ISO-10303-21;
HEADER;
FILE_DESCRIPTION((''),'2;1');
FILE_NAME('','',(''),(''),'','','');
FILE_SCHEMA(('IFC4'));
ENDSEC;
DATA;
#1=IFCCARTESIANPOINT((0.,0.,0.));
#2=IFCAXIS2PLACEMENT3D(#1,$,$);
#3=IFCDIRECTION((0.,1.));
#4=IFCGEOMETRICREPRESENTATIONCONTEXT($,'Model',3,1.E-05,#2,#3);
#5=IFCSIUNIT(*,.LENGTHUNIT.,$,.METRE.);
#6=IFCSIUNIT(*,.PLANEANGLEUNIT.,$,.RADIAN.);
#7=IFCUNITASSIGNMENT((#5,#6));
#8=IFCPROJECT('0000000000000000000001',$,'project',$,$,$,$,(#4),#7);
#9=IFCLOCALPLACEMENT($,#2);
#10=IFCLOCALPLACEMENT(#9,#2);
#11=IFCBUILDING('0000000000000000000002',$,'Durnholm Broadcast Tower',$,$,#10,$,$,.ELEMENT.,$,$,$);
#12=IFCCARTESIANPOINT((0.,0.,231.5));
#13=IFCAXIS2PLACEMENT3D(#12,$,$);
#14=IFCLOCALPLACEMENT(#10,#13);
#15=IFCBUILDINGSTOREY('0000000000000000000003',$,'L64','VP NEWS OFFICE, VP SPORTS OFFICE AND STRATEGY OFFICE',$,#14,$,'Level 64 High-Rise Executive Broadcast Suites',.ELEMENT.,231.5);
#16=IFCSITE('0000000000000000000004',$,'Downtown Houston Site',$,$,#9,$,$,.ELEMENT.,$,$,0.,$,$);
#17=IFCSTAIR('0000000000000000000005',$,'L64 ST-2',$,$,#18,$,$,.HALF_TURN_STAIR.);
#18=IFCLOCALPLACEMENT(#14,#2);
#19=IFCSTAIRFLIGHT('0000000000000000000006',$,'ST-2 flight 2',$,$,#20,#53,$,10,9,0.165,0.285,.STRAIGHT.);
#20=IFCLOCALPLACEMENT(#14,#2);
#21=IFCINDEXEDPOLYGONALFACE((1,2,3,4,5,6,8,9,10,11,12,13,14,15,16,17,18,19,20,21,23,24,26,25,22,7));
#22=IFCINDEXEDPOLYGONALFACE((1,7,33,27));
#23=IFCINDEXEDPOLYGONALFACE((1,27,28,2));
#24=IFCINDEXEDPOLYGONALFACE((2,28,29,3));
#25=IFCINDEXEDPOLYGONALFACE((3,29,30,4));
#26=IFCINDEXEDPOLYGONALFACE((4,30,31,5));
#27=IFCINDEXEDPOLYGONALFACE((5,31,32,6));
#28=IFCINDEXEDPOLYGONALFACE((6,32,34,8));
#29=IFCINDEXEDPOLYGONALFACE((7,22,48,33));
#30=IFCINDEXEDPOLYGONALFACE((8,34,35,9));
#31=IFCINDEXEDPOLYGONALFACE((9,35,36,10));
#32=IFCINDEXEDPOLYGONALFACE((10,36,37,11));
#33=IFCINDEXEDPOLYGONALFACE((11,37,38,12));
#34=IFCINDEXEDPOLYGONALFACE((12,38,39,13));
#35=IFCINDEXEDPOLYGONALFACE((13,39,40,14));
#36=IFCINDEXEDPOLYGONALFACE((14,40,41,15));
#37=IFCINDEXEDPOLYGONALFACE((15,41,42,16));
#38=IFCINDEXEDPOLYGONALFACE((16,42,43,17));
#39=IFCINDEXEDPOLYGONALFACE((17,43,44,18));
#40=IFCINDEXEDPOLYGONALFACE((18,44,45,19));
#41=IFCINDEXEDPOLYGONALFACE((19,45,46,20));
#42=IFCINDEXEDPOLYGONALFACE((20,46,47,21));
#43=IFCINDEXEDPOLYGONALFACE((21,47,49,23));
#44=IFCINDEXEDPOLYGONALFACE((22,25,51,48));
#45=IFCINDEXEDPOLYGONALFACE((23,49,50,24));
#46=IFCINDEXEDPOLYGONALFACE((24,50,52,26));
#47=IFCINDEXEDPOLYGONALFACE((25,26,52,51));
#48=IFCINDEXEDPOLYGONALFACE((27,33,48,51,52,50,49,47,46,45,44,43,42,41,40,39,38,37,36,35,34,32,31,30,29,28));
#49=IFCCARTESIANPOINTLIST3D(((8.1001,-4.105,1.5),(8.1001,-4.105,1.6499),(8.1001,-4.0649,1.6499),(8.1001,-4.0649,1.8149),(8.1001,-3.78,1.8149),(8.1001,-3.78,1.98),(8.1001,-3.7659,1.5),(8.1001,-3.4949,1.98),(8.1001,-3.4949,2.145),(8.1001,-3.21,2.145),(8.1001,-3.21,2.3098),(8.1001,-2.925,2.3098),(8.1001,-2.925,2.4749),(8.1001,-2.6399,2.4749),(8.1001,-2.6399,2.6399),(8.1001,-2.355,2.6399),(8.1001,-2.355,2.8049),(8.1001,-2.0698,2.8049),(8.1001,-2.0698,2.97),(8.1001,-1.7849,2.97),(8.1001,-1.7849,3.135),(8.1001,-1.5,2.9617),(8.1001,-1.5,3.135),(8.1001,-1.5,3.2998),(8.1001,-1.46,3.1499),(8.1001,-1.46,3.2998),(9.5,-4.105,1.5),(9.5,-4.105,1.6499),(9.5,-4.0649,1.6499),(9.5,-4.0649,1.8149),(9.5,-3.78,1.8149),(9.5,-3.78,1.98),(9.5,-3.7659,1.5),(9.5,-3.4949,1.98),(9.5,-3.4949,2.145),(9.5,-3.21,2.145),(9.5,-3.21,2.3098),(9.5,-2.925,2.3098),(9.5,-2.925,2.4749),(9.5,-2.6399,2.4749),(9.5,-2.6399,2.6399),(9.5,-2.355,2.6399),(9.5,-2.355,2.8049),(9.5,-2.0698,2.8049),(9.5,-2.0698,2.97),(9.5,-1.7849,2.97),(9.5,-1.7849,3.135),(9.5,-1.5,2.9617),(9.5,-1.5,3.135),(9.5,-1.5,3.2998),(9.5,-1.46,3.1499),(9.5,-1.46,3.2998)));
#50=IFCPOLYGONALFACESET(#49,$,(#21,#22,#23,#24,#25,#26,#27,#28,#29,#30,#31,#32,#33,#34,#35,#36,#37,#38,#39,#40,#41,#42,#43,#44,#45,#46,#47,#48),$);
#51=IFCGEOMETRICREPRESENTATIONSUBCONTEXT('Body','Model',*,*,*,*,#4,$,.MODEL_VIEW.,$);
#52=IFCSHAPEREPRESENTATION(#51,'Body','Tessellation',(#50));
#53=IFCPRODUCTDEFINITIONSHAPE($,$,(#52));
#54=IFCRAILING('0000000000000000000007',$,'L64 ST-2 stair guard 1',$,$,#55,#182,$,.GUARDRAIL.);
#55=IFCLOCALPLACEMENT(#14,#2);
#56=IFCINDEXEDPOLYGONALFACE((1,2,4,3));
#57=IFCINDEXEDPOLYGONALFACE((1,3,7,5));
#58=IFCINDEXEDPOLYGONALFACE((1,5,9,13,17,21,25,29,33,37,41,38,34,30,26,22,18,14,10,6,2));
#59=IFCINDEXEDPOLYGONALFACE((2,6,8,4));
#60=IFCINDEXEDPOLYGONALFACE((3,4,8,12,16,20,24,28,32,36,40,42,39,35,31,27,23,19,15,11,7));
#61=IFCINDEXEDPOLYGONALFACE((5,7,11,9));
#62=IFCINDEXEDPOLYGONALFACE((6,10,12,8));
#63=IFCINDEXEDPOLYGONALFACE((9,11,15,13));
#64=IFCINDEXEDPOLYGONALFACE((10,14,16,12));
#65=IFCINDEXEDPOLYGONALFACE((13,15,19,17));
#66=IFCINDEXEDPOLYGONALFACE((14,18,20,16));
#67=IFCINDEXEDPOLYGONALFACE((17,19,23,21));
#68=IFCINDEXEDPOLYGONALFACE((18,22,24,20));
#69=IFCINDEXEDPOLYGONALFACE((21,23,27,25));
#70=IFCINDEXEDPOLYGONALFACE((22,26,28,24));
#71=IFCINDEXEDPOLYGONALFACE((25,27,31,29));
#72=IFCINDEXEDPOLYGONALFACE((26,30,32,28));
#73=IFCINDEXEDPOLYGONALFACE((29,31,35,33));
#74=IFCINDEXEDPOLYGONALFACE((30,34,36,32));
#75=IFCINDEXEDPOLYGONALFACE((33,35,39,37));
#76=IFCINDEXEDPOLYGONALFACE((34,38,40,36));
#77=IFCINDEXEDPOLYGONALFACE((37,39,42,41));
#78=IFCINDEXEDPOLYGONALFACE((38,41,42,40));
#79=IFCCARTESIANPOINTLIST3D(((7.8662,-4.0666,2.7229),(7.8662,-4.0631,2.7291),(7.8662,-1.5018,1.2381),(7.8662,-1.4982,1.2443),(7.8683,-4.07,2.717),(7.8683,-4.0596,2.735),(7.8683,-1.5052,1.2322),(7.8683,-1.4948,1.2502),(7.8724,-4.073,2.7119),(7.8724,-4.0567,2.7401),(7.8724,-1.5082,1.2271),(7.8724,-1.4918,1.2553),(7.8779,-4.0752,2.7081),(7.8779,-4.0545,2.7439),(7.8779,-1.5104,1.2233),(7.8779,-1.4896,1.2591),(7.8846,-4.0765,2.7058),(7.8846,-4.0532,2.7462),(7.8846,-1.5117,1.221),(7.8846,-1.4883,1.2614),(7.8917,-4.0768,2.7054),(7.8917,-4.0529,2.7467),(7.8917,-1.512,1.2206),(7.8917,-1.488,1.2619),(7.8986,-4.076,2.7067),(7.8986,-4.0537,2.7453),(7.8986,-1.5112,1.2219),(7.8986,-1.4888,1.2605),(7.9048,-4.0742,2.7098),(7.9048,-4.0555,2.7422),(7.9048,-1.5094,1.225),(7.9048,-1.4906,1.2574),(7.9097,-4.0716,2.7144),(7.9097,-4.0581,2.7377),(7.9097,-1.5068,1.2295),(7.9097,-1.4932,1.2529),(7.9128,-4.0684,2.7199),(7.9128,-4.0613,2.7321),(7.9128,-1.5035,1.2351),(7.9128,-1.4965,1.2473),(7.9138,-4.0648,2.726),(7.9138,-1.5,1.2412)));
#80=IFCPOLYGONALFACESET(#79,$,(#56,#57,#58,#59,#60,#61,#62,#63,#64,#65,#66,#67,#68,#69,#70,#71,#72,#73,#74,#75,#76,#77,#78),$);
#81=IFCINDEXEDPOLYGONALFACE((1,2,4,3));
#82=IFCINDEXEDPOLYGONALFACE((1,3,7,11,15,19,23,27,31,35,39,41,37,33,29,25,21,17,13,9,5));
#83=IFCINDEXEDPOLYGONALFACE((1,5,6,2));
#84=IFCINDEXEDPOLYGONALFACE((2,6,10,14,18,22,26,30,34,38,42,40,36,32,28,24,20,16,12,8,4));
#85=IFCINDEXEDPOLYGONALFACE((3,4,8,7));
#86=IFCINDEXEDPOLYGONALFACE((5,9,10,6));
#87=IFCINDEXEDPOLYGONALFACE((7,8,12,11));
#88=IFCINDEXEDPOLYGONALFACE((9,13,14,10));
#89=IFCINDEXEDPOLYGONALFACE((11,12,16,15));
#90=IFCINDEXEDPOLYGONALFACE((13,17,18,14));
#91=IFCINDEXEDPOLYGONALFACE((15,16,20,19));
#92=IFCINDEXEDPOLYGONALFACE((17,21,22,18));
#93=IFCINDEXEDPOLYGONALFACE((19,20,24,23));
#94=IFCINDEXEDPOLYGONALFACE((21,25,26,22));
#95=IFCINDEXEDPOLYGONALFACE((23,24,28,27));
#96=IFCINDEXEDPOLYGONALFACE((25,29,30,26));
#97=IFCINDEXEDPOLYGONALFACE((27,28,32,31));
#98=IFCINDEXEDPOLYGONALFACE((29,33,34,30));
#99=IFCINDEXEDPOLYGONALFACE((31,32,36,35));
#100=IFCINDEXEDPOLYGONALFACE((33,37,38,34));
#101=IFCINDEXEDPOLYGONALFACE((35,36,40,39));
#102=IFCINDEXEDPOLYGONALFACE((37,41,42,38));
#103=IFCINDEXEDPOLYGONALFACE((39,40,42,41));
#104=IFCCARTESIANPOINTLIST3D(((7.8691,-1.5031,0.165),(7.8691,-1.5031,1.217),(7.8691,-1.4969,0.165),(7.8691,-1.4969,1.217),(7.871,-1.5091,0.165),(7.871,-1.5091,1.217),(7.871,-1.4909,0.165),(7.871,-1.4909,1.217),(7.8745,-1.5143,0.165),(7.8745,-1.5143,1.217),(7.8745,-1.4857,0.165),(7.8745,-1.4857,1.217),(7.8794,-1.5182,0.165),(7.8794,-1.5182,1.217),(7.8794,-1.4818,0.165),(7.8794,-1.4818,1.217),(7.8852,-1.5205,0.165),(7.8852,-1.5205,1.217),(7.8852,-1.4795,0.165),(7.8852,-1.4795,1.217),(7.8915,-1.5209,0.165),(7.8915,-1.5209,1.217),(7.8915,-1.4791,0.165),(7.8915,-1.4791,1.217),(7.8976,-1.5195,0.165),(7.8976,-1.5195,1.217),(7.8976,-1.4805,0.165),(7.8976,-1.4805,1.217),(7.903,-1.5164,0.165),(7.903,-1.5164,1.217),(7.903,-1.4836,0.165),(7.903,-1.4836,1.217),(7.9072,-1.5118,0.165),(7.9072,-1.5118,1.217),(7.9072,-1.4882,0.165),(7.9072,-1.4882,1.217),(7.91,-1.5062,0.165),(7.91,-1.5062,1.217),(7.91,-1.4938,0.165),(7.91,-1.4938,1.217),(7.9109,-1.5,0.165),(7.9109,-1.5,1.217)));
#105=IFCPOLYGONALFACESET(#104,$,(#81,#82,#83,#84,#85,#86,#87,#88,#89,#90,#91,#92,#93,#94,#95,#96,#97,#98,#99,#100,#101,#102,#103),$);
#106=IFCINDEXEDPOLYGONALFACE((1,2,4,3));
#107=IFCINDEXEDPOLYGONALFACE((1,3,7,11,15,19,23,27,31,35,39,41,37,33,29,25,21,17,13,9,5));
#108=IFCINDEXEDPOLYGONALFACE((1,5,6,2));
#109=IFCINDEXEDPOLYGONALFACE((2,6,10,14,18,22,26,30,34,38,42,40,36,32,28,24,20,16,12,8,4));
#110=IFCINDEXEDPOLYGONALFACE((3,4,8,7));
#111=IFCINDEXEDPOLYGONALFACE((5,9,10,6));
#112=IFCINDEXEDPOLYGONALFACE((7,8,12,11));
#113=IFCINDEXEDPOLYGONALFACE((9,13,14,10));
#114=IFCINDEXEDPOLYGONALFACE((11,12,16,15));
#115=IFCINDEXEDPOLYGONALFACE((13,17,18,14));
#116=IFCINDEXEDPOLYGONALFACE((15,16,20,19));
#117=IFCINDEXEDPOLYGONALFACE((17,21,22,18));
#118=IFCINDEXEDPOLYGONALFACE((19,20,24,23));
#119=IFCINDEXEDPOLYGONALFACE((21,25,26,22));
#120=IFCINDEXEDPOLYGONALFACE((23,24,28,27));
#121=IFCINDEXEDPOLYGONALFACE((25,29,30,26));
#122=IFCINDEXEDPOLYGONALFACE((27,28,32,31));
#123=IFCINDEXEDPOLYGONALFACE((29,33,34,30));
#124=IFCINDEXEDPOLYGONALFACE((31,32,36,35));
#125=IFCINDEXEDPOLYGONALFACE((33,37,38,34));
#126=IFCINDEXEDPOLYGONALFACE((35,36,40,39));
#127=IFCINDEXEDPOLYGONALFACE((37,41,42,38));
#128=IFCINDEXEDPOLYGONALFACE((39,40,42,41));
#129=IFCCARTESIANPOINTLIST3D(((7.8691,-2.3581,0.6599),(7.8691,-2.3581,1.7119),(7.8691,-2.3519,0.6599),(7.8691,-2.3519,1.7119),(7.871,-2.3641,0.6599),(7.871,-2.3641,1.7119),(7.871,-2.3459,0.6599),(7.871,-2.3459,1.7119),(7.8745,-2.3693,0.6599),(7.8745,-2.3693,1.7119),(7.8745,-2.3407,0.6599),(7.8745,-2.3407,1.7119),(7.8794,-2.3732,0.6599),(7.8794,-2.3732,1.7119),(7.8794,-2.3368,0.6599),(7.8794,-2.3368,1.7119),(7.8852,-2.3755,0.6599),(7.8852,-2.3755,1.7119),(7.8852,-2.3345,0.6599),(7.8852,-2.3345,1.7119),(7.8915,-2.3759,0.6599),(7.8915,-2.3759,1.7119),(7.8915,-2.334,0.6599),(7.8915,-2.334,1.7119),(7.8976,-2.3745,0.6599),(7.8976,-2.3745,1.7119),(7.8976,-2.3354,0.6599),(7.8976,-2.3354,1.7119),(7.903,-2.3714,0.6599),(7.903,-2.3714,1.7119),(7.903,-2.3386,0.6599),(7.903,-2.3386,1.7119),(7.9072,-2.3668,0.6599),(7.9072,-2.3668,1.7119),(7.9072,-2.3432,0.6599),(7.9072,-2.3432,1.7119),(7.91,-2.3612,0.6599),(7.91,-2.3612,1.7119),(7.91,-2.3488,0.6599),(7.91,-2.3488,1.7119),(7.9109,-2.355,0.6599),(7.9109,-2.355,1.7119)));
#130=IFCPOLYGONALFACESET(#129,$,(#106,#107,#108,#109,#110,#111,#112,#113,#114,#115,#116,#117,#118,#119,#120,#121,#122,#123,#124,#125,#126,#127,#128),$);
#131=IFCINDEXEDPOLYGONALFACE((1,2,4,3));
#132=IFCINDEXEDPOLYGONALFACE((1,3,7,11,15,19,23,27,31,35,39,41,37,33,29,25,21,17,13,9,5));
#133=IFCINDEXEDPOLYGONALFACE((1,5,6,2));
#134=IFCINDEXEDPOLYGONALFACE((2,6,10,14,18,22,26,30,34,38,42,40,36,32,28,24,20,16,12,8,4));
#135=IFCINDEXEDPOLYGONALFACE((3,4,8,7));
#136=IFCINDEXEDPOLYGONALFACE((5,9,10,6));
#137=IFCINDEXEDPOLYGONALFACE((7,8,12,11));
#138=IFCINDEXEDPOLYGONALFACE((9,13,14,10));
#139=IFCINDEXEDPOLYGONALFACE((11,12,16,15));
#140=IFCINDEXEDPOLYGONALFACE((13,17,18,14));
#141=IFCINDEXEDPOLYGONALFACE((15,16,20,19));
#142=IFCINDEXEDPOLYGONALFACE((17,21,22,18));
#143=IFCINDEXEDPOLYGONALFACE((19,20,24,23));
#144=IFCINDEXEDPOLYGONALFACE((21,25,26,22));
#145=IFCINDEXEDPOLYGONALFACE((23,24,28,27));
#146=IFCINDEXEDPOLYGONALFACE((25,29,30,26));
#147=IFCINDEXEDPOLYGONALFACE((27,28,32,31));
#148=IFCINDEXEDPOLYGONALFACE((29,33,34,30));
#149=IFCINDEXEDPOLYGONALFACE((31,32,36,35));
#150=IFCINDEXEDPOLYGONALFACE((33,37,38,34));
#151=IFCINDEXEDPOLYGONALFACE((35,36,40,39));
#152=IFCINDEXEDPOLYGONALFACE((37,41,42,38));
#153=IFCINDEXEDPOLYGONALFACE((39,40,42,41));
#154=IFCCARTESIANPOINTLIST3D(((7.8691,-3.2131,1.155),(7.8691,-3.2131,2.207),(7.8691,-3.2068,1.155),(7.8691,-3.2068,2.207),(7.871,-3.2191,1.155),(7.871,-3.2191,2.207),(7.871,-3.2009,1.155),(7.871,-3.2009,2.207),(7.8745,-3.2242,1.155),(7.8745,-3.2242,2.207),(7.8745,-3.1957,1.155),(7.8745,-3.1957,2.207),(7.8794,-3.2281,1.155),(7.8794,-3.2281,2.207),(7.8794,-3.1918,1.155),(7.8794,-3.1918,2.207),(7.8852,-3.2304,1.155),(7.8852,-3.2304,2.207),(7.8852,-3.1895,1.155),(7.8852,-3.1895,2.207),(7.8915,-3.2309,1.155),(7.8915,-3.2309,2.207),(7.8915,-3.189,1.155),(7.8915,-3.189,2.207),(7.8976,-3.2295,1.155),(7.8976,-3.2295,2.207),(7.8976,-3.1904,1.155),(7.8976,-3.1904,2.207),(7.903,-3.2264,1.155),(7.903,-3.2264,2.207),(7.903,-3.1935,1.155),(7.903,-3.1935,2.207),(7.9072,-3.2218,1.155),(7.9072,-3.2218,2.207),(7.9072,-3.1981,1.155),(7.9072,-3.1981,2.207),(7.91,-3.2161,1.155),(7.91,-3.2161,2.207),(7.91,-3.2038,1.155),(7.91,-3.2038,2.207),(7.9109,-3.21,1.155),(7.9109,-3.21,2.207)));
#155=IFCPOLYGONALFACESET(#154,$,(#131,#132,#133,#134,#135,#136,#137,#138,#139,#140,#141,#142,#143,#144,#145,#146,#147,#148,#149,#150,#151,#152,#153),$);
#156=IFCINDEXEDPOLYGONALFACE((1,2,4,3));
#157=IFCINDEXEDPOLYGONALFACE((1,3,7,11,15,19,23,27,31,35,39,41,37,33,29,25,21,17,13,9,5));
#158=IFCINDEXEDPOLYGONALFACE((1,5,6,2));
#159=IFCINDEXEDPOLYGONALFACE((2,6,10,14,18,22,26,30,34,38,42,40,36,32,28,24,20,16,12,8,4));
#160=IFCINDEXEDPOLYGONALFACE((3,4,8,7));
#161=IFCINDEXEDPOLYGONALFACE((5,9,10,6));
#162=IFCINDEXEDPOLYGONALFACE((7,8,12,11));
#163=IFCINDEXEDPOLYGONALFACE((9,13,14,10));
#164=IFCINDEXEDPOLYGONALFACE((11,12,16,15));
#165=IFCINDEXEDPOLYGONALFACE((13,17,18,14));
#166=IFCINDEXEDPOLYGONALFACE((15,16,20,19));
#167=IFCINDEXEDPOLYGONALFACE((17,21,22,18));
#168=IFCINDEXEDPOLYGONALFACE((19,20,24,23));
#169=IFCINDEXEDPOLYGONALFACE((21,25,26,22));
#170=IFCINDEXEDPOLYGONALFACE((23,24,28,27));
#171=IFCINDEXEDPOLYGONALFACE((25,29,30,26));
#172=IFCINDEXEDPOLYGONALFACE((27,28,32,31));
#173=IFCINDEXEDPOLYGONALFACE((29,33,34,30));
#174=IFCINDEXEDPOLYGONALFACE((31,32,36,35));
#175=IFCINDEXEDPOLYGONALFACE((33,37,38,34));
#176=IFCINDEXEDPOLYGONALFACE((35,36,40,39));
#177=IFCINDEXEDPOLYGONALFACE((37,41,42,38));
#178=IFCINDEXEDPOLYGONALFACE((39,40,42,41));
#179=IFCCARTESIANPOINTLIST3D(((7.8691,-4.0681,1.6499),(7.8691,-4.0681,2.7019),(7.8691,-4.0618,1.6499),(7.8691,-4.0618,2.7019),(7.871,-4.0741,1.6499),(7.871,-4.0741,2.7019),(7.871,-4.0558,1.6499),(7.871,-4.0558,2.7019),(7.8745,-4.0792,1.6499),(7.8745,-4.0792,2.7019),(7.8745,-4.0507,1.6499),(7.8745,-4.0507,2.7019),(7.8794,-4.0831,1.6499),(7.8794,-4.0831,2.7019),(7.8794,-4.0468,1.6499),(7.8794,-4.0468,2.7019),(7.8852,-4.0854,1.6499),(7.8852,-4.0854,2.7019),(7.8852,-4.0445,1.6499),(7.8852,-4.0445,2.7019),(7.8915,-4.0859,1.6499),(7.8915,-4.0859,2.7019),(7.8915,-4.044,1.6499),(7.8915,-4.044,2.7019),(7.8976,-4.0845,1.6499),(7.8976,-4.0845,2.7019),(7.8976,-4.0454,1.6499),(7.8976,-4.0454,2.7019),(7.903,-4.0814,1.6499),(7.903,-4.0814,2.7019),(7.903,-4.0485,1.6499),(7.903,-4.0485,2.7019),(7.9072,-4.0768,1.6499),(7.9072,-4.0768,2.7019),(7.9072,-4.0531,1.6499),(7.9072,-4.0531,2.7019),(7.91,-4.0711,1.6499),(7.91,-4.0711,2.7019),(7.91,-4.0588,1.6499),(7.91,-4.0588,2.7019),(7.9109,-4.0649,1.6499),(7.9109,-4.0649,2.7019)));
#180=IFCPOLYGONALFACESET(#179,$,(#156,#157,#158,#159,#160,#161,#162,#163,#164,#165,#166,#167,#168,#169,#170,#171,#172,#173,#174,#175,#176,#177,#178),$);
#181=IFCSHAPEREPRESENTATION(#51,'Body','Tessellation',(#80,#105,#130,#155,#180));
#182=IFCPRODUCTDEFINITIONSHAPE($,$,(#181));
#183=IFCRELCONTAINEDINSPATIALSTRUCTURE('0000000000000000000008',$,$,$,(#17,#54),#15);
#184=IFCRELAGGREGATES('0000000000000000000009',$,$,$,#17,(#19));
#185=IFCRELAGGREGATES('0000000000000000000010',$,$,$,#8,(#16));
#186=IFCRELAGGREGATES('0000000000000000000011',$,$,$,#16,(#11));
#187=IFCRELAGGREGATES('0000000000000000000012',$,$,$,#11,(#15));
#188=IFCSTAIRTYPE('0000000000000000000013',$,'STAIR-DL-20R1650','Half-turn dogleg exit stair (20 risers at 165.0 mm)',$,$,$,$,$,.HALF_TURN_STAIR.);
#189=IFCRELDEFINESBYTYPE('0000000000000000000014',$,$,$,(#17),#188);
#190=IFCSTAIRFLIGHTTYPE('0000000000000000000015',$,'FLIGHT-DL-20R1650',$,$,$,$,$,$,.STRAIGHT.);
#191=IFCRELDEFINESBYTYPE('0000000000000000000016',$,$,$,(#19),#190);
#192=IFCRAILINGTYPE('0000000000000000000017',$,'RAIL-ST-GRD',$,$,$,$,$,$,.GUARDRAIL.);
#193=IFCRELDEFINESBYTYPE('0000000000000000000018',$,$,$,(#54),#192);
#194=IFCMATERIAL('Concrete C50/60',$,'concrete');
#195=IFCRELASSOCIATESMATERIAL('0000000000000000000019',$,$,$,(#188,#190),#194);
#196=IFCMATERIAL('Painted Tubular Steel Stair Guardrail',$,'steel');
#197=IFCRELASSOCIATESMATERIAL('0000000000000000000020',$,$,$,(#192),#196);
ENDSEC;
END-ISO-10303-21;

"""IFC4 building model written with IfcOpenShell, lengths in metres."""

from ifc_helpers import new_model, si_unit, direction, frame, origin, origin_2d, place, context, subcontext, project, spatial, polyline, circle, outline, extrude, material, type_object, element, aggregate, save


model = new_model("IFC4")

# Units and contexts
model_context = context("Model", 3, precision=1e-05, world=origin(), true_north=direction((0.0, 1.0)))
body_context = subcontext(model_context, "Body", "Model", "MODEL_VIEW")
ifc_project = project(units=[si_unit("LENGTHUNIT", "METRE"), si_unit("PLANEANGLEUNIT", "RADIAN")], contexts=[model_context])

# Site, building, storey
site_placement = place(None, origin())
site = spatial("IfcSite", under=ifc_project, at=site_placement, Name="Downtown Houston Site", CompositionType="ELEMENT", RefElevation=0.0)
building_placement = place(site_placement, origin())
building = spatial("IfcBuilding", under=site, at=building_placement, Name="Durnholm Broadcast Tower", CompositionType="ELEMENT")
storey_placement = place(building_placement, frame((0.0, 0.0, 231.5)))
storey = spatial("IfcBuildingStorey", under=building, at=storey_placement, Name="L64", Description="VP NEWS OFFICE, VP SPORTS OFFICE AND STRATEGY OFFICE", LongName="Level 64 High-Rise Executive Broadcast Suites", CompositionType="ELEMENT", Elevation=231.5)

# Shared definitions
ifc_material_1 = material(Name="Concrete C50/60", Category="concrete")

# Stair, stair flight
stair_type = type_object("IfcStairType", Name="STAIR-DL-20R1650", Description="Half-turn dogleg exit stair (20 risers at 165.0 mm)", PredefinedType="HALF_TURN_STAIR", material=ifc_material_1)
stair_placement = place(storey_placement, origin())
stair = element("IfcStair", 1, at=stair_placement, inside=storey, type_object=stair_type, Name="L64 ST-2", PredefinedType="HALF_TURN_STAIR")
stair_flight_type = type_object("IfcStairFlightType", Name="FLIGHT-DL-20R1650", PredefinedType="STRAIGHT", material=ifc_material_1)
stair_flight_1_placement = place(storey_placement, frame((8.8, -4.0649, 1.6499), z_axis=(0.0, 0.0, 1.0), x_axis=(0.0, 1.0, 0.0)))
stair_flight_1 = element("IfcStairFlight", 2, at=stair_flight_1_placement, type_object=stair_flight_type, Name="ST-2 flight 2", NumberOfRisers=10, NumberOfTreads=9, PredefinedType="STRAIGHT", RiserHeight=0.165, TreadLength=0.285, context=body_context, shape_type="SweptSolid", body=[
    extrude(outline(polyline([(-0.04, -0.1499), (-0.04, 0.0), (0.0, 0.0), (0.0, 0.165), (0.2849, 0.165), (0.2849, 0.3301), (0.5701, 0.3301), (0.5701, 0.4951), (0.855, 0.4951), (0.855, 0.6599), (1.1399, 0.6599), (1.1399, 0.825), (1.425, 0.825), (1.425, 0.99), (1.71, 0.99), (1.71, 1.155), (1.9951, 1.155), (1.9951, 1.3201), (2.28, 1.3201), (2.28, 1.4851), (2.5649, 1.4851), (2.5649, 1.6499), (2.605, 1.6499), (2.605, 1.5), (2.5649, 1.3118), (0.2991, -0.1499), (-0.04, -0.1499)])), frame((0.0, 0.7, 0.0), z_axis=(0.0, -1.0, 0.0), x_axis=(1.0, 0.0, 0.0)), (0.0, 0.0, 1.0), 1.3999),
])
aggregate(stair, [stair_flight_1])

# Railing
ifc_material_2 = material(Name="Painted Tubular Steel Stair Guardrail", Category="steel")
railing_type_1 = type_object("IfcRailingType", Name="RAIL-ST-GRD", PredefinedType="GUARDRAIL", material=ifc_material_2)
railing_1_placement = place(storey_placement, frame((7.8899, -1.5, 0.165)))
element("IfcRailing", 3, at=railing_1_placement, inside=storey, type_object=railing_type_1, Name="L64 ST-2 stair guard 1", PredefinedType="GUARDRAIL", context=body_context, shape_type="SweptSolid", body=[
    extrude(circle(Radius=0.0239, at=origin_2d()), frame((0.0, 0.0, 1.0762), z_axis=(0.0, -0.865441, 0.50101), x_axis=(1.0, 0.0, 0.0)), (0.0, 0.0, 1.0), 2.9636),
    extrude(circle(Radius=0.021, at=origin_2d()), origin(), (0.0, 0.0, 1.0), 1.052),
    extrude(circle(Radius=0.021, at=origin_2d()), frame((0.0, -0.855, 0.4949)), (0.0, 0.0, 1.0), 1.052),
    extrude(circle(Radius=0.021, at=origin_2d()), frame((0.0, -1.71, 0.99)), (0.0, 0.0, 1.0), 1.052),
    extrude(circle(Radius=0.021, at=origin_2d()), frame((0.0, -2.5649, 1.4849)), (0.0, 0.0, 1.0), 1.052),
])

save(model, "model.ifc")
